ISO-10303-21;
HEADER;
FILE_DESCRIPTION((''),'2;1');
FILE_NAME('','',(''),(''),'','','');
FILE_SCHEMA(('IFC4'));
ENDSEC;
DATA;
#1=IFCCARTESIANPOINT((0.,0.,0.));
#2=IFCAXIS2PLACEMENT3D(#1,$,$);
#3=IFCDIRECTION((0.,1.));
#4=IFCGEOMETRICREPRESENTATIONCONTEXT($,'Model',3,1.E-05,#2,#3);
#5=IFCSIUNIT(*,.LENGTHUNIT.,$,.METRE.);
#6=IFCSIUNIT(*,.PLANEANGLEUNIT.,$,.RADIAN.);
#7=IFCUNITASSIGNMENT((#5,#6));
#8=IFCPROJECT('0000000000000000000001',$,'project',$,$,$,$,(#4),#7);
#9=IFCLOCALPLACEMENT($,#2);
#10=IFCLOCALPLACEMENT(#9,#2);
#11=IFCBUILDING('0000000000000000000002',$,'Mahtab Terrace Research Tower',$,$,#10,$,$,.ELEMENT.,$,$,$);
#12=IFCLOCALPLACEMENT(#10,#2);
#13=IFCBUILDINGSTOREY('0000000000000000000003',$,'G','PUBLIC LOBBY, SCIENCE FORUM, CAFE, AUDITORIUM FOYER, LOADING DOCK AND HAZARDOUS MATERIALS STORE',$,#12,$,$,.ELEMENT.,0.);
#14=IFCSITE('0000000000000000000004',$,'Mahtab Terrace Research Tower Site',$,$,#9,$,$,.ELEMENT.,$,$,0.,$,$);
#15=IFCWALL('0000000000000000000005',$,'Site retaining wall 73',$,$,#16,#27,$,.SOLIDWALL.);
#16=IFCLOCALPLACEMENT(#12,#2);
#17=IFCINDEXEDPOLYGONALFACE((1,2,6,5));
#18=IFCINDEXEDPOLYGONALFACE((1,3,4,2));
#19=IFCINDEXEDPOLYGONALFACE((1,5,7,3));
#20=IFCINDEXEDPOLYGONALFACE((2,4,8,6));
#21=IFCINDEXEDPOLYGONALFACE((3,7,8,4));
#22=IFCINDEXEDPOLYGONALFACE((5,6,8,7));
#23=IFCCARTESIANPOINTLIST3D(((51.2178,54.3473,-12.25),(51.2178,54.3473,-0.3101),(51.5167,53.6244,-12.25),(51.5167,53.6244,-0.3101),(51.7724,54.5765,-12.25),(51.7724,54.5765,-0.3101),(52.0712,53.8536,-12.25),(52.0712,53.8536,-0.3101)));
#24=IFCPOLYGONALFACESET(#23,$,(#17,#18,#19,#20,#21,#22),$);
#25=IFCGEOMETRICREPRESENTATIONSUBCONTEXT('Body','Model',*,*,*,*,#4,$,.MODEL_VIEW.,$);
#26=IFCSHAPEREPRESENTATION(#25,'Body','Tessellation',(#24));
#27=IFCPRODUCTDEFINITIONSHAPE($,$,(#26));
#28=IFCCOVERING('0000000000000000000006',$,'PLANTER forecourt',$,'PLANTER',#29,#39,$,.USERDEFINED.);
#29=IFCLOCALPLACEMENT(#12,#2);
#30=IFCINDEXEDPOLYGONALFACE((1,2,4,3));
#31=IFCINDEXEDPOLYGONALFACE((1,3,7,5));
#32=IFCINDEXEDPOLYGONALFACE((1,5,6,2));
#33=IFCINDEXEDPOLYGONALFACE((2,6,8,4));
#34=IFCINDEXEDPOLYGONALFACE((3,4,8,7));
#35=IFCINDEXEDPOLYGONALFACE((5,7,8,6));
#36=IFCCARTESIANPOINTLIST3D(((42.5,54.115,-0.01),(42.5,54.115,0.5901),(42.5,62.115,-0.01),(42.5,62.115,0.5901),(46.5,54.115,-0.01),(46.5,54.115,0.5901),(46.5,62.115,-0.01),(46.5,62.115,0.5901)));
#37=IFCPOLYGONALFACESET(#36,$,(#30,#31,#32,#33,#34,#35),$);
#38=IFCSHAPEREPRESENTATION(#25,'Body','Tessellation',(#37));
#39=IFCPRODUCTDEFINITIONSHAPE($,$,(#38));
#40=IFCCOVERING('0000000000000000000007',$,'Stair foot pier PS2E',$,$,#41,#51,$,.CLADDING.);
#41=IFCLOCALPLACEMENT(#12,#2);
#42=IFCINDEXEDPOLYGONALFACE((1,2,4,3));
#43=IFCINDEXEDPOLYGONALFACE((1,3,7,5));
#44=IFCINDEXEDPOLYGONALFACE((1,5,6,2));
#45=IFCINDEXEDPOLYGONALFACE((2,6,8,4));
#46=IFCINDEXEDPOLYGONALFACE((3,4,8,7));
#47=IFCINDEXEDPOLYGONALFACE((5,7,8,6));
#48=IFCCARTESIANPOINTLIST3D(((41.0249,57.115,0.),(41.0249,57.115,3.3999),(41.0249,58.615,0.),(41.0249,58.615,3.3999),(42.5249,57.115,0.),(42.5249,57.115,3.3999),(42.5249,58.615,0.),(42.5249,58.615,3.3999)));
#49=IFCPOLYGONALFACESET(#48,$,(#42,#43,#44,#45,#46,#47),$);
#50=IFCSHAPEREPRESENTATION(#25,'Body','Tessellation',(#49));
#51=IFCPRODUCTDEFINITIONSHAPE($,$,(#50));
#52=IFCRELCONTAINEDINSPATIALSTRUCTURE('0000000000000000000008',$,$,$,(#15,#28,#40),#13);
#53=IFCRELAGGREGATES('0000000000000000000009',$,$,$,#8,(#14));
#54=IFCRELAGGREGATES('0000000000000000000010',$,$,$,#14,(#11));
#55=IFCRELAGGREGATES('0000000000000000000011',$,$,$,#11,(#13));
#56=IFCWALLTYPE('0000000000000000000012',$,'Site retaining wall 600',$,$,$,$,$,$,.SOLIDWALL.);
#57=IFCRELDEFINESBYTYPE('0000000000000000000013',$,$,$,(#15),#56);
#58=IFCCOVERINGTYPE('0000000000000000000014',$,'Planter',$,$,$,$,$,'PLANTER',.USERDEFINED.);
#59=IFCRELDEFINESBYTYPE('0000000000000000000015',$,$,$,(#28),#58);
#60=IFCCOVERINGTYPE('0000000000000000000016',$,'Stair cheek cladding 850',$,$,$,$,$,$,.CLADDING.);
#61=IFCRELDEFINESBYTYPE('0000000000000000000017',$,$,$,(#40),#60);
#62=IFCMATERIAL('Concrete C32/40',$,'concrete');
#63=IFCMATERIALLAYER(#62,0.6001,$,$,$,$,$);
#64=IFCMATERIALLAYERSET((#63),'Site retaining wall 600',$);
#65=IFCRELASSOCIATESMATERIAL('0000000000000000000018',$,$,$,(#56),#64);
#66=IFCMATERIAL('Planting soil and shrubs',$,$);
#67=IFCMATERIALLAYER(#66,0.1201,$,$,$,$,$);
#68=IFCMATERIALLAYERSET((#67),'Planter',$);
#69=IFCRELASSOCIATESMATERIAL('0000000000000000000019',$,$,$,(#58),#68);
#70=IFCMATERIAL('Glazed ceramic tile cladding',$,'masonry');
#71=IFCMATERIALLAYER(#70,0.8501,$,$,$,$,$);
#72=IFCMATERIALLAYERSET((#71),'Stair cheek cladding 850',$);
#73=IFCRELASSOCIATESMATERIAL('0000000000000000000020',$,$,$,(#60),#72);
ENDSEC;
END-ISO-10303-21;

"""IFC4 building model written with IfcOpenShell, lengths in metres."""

from ifc_helpers import new_model, si_unit, direction, frame, frame_2d, origin, origin_2d, place, context, subcontext, project, spatial, rectangle, extrude, material, layer, layer_set, type_object, element, save


model = new_model("IFC4")

# Units and contexts
model_context = context("Model", 3, precision=1e-05, world=origin(), true_north=direction((0.0, 1.0)))
body_context = subcontext(model_context, "Body", "Model", "MODEL_VIEW")
ifc_project = project(units=[si_unit("LENGTHUNIT", "METRE"), si_unit("PLANEANGLEUNIT", "RADIAN")], contexts=[model_context])

# Site, building, storey
site_placement = place(None, origin())
site = spatial("IfcSite", under=ifc_project, at=site_placement, Name="Mahtab Terrace Research Tower Site", CompositionType="ELEMENT", RefElevation=0.0)
building_placement = place(site_placement, origin())
building = spatial("IfcBuilding", under=site, at=building_placement, Name="Mahtab Terrace Research Tower", CompositionType="ELEMENT")
storey_placement = place(building_placement, origin())
storey = spatial("IfcBuildingStorey", under=building, at=storey_placement, Name="G", Description="PUBLIC LOBBY, SCIENCE FORUM, CAFE, AUDITORIUM FOYER, LOADING DOCK AND HAZARDOUS MATERIALS STORE", CompositionType="ELEMENT", Elevation=0.0)

# Wall
ifc_material_1 = material(Name="Concrete C32/40", Category="concrete")
ifc_layer_1 = layer(ifc_material_1, 0.6001)
ifc_layer_set_1 = layer_set([ifc_layer_1], Name="Site retaining wall 600")
wall_type = type_object("IfcWallType", Name="Site retaining wall 600", PredefinedType="SOLIDWALL", material=ifc_layer_set_1)
wall_1_placement = place(storey_placement, frame((51.4951, 54.4619, -12.25), z_axis=(0.0, 0.0, 1.0), x_axis=(0.382021, -0.924154, 0.0)))
element("IfcWall", 1, at=wall_1_placement, inside=storey, type_object=wall_type, Name="Site retaining wall 73", PredefinedType="SOLIDWALL", context=body_context, shape_type="SweptSolid", body=[
    extrude(rectangle(XDim=0.7822, YDim=0.6001, at=frame_2d((0.3911, 0.0))), origin(), (0.0, 0.0, 1.0), 11.9399),
])

# Coverings
ifc_material_2 = material(Name="Planting soil and shrubs")
ifc_layer_2 = layer(ifc_material_2, 0.1201)
ifc_layer_set_2 = layer_set([ifc_layer_2], Name="Planter")
covering_type_1 = type_object("IfcCoveringType", Name="Planter", ElementType="PLANTER", PredefinedType="USERDEFINED", material=ifc_layer_set_2)
covering_1_placement = place(storey_placement, frame((44.5, 58.115, -0.01), z_axis=(0.0, 0.0, 1.0), x_axis=(1.0, 0.0, 0.0)))
element("IfcCovering", 2, at=covering_1_placement, inside=storey, type_object=covering_type_1, Name="PLANTER forecourt", ObjectType="PLANTER", PredefinedType="USERDEFINED", context=body_context, shape_type="SweptSolid", body=[
    extrude(rectangle(XDim=4.0, YDim=8.0, at=origin_2d()), origin(), (0.0, 0.0, 1.0), 0.6001),
])
ifc_material_3 = material(Name="Glazed ceramic tile cladding", Category="masonry")
ifc_layer_3 = layer(ifc_material_3, 0.8501)
ifc_layer_set_3 = layer_set([ifc_layer_3], Name="Stair cheek cladding 850")
covering_type_2 = type_object("IfcCoveringType", Name="Stair cheek cladding 850", PredefinedType="CLADDING", material=ifc_layer_set_3)
covering_2_placement = place(storey_placement, frame((41.7749, 57.865, 0.0), z_axis=(0.0, 0.0, 1.0), x_axis=(1.0, 0.0, 0.0)))
element("IfcCovering", 3, at=covering_2_placement, inside=storey, type_object=covering_type_2, Name="Stair foot pier PS2E", PredefinedType="CLADDING", context=body_context, shape_type="SweptSolid", body=[
    extrude(rectangle(XDim=1.5, YDim=1.5, at=origin_2d()), origin(), (0.0, 0.0, 1.0), 3.3999),
])

save(model, "model.ifc")
